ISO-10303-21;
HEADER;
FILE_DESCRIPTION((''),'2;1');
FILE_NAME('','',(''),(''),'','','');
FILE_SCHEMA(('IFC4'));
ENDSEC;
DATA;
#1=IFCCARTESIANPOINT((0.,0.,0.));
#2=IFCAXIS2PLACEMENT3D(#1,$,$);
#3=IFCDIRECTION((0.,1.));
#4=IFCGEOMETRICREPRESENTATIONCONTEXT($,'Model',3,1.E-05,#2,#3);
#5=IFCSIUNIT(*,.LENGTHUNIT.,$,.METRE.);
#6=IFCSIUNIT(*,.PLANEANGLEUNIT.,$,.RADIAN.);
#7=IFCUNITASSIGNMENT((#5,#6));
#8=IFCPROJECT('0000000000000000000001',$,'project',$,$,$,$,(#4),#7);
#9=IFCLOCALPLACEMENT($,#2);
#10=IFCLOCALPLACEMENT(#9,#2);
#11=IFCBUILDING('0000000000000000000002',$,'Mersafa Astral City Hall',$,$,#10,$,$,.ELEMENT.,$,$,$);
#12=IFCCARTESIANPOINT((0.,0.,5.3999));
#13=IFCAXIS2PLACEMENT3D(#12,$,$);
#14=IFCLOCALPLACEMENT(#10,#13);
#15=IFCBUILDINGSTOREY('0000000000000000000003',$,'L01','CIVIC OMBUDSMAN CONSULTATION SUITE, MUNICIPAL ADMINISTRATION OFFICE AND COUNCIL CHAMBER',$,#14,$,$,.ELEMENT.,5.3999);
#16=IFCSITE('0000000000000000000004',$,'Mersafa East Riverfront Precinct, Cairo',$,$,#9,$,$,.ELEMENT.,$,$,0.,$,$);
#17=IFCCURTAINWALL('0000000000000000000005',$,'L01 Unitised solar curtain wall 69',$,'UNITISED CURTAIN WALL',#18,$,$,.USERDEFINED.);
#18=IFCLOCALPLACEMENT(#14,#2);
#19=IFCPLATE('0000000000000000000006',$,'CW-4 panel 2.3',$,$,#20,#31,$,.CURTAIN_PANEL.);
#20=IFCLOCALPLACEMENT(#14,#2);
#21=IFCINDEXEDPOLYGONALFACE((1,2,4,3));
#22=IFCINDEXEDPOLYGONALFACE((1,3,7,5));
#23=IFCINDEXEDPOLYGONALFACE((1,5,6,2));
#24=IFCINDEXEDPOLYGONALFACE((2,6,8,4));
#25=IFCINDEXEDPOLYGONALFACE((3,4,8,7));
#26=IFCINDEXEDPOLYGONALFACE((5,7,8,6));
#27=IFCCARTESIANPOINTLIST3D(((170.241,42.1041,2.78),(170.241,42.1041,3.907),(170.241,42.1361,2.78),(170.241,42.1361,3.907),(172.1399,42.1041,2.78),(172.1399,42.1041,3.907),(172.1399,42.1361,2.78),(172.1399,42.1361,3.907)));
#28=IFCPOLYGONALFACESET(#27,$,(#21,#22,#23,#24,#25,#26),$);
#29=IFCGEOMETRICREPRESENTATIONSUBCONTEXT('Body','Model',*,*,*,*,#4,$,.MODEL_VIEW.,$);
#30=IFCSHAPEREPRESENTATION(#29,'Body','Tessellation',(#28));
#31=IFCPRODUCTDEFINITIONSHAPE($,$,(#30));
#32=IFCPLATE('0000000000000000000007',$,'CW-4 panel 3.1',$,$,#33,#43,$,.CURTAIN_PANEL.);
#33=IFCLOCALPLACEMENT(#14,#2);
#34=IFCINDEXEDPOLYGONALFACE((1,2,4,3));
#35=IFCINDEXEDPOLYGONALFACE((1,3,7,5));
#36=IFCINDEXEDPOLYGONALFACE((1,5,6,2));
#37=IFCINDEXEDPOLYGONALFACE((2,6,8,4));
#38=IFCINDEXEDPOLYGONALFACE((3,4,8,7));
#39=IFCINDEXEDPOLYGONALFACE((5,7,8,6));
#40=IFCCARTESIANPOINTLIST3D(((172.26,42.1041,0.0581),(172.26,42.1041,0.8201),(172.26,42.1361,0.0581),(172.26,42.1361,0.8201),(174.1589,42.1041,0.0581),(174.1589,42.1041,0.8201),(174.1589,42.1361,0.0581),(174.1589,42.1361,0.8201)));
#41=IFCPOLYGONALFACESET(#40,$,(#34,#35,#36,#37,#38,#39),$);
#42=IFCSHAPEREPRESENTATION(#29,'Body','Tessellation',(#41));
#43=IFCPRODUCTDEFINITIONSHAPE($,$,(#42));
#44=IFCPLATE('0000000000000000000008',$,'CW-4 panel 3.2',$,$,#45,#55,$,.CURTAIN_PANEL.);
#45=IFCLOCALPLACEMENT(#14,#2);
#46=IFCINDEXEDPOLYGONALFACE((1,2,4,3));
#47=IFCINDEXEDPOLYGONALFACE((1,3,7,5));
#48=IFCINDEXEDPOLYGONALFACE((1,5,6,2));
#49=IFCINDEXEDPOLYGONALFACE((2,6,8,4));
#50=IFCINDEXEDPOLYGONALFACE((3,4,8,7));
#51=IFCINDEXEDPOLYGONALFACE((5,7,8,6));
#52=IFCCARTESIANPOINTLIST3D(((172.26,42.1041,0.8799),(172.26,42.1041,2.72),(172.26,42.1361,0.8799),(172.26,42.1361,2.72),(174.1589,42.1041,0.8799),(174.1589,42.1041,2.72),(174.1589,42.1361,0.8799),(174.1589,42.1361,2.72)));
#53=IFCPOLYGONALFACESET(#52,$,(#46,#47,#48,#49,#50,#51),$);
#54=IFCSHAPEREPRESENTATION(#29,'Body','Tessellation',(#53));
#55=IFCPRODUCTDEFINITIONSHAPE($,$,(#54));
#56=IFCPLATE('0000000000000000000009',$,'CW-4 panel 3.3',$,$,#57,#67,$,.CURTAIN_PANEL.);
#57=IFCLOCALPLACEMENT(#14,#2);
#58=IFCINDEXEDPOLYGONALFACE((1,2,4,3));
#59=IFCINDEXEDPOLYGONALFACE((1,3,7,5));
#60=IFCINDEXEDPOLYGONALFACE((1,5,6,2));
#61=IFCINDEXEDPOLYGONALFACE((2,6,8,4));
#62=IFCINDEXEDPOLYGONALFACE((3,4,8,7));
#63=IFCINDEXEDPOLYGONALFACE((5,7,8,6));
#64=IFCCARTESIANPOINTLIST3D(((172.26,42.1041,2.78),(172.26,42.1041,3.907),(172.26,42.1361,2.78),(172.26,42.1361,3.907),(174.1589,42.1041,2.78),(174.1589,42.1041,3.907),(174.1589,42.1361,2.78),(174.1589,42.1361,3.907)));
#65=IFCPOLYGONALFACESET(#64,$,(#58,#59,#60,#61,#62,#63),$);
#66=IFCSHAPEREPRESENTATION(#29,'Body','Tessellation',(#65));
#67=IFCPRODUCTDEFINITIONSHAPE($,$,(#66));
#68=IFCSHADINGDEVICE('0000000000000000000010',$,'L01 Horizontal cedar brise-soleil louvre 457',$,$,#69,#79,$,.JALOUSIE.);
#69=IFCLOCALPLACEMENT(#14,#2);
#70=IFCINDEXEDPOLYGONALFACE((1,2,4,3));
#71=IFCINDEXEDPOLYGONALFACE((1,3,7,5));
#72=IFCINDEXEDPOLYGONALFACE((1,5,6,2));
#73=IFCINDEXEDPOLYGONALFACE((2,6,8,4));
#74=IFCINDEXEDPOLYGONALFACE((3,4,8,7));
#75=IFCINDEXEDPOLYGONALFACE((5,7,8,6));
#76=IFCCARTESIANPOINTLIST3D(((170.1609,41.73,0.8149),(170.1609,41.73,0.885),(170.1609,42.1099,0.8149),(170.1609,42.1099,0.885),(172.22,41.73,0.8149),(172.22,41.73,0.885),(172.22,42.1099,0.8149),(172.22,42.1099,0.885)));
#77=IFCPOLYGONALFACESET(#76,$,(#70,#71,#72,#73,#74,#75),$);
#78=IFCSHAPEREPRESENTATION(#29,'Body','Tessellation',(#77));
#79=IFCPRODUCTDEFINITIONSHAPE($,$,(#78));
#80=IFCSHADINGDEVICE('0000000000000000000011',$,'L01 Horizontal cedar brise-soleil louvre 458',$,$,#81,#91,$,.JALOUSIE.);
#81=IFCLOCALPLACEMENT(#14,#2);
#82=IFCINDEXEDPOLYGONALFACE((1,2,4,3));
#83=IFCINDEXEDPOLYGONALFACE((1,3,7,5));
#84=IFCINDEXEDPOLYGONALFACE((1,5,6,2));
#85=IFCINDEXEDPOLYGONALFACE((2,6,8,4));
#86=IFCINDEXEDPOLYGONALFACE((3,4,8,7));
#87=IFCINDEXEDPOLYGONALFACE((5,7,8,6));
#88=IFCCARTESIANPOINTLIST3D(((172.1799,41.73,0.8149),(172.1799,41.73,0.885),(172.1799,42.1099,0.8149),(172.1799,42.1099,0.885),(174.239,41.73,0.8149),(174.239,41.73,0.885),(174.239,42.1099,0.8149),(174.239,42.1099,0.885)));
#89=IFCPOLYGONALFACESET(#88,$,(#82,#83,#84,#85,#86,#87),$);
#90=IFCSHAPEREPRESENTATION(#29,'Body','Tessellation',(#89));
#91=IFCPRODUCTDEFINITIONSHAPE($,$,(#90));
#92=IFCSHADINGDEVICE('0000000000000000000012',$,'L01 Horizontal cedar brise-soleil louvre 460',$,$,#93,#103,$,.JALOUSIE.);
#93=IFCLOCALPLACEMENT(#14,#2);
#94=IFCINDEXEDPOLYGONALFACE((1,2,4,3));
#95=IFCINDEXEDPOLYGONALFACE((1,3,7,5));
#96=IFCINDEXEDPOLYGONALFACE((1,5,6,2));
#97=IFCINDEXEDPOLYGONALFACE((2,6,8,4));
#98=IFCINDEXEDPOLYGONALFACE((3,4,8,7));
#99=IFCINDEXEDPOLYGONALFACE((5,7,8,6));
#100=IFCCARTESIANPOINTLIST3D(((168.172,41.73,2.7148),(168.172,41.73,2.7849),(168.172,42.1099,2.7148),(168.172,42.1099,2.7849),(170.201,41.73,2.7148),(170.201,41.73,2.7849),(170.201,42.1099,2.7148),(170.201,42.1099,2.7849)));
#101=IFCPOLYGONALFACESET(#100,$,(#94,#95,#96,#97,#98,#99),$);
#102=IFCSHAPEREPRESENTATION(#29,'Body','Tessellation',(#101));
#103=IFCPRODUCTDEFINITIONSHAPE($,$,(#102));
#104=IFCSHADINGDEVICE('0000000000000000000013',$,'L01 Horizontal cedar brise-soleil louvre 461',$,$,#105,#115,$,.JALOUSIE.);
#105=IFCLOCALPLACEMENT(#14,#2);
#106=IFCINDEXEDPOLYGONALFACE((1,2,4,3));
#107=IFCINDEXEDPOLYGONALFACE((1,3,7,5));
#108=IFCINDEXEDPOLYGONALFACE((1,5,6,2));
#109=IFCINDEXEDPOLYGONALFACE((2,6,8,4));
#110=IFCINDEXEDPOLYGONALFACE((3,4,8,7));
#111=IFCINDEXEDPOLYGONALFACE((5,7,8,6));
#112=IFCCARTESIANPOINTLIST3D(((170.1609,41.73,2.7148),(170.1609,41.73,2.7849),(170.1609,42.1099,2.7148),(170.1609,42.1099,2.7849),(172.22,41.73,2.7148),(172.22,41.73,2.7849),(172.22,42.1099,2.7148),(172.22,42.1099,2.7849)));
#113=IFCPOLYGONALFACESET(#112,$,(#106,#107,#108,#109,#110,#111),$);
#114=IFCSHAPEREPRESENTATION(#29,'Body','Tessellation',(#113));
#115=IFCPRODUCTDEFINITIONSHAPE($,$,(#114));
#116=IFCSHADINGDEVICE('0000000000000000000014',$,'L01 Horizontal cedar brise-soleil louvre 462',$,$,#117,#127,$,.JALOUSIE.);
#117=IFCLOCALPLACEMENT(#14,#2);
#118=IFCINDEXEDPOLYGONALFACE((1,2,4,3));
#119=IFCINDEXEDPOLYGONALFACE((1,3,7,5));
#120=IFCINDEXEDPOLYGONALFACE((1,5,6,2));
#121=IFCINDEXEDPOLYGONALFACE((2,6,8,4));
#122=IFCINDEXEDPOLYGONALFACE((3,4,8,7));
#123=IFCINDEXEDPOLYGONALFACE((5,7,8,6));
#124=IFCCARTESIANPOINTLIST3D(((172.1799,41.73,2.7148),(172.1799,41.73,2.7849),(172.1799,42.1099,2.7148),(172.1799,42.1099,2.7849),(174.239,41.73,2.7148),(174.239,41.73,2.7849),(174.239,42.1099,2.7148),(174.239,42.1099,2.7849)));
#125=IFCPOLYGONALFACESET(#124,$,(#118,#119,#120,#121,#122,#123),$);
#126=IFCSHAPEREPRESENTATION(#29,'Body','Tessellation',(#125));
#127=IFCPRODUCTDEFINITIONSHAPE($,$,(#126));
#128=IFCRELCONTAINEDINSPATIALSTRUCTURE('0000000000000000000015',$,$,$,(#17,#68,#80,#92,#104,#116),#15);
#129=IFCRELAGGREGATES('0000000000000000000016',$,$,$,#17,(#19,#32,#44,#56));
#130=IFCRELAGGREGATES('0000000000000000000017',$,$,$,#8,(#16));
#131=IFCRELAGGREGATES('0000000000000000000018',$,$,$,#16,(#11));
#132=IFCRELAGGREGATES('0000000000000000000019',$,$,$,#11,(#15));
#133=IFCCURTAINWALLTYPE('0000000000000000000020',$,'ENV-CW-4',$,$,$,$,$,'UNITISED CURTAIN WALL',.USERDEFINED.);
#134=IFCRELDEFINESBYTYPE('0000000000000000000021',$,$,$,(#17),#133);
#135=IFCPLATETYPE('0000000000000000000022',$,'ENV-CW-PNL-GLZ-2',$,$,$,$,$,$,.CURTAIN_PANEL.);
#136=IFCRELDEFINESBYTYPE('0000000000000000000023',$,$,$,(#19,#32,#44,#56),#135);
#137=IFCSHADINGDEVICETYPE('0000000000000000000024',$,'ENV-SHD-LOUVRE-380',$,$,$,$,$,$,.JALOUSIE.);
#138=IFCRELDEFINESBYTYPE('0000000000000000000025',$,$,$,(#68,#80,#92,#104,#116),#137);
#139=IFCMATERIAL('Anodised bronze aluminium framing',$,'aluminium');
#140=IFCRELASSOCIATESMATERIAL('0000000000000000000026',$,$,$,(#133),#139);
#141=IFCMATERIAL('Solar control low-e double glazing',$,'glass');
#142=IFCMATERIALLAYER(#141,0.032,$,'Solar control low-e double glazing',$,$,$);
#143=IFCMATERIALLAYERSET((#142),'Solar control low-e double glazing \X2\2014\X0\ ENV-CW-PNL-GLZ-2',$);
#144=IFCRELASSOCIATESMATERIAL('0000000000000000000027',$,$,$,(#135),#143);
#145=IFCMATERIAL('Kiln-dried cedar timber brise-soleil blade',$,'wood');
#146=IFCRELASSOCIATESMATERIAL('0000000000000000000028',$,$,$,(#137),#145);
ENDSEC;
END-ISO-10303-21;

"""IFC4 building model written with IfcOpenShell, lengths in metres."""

from ifc_helpers import new_model, si_unit, direction, frame, origin, origin_2d, place, context, subcontext, project, spatial, rectangle, extrude, material, layer, layer_set, type_object, element, aggregate, save


model = new_model("IFC4")

# Units and contexts
model_context = context("Model", 3, precision=1e-05, world=origin(), true_north=direction((0.0, 1.0)))
body_context = subcontext(model_context, "Body", "Model", "MODEL_VIEW")
ifc_project = project(units=[si_unit("LENGTHUNIT", "METRE"), si_unit("PLANEANGLEUNIT", "RADIAN")], contexts=[model_context])

# Site, building, storey
site_placement = place(None, origin())
site = spatial("IfcSite", under=ifc_project, at=site_placement, Name="Mersafa East Riverfront Precinct, Cairo", CompositionType="ELEMENT", RefElevation=0.0)
building_placement = place(site_placement, origin())
building = spatial("IfcBuilding", under=site, at=building_placement, Name="Mersafa Astral City Hall", CompositionType="ELEMENT")
storey_placement = place(building_placement, frame((0.0, 0.0, 5.3999)))
storey = spatial("IfcBuildingStorey", under=building, at=storey_placement, Name="L01", Description="CIVIC OMBUDSMAN CONSULTATION SUITE, MUNICIPAL ADMINISTRATION OFFICE AND COUNCIL CHAMBER", CompositionType="ELEMENT", Elevation=5.3999)

# Curtain wall
ifc_material_1 = material(Name="Anodised bronze aluminium framing", Category="aluminium")
curtain_wall_type = type_object("IfcCurtainWallType", Name="ENV-CW-4", ElementType="UNITISED CURTAIN WALL", PredefinedType="USERDEFINED", material=ifc_material_1)
curtain_wall_placement = place(storey_placement, origin())
curtain_wall = element("IfcCurtainWall", 1, at=curtain_wall_placement, inside=storey, type_object=curtain_wall_type, Name="L01 Unitised solar curtain wall 69", ObjectType="UNITISED CURTAIN WALL", PredefinedType="USERDEFINED")

# Plates
ifc_material_2 = material(Name="Solar control low-e double glazing", Category="glass")
ifc_layer = layer(ifc_material_2, 0.032, Name="Solar control low-e double glazing")
ifc_layer_set = layer_set([ifc_layer], Name="Solar control low-e double glazing — ENV-CW-PNL-GLZ-2")
plate_type = type_object("IfcPlateType", Name="ENV-CW-PNL-GLZ-2", PredefinedType="CURTAIN_PANEL", material=ifc_layer_set)
plate_1_placement = place(storey_placement, frame((171.1904, 42.1201, 2.78), z_axis=(0.0, 0.0, 1.0), x_axis=(1.0, 0.0, 0.0)))
plate_1 = element("IfcPlate", 2, at=plate_1_placement, type_object=plate_type, Name="CW-4 panel 2.3", PredefinedType="CURTAIN_PANEL", context=body_context, shape_type="SweptSolid", body=[
    extrude(rectangle(XDim=1.8989, YDim=0.032, at=origin_2d()), origin(), (0.0, 0.0, 1.0), 1.127),
])
plate_2_placement = place(storey_placement, frame((173.2095, 42.1201, 0.0581), z_axis=(0.0, 0.0, 1.0), x_axis=(1.0, 0.0, 0.0)))
plate_2 = element("IfcPlate", 3, at=plate_2_placement, type_object=plate_type, Name="CW-4 panel 3.1", PredefinedType="CURTAIN_PANEL", context=body_context, shape_type="SweptSolid", body=[
    extrude(rectangle(XDim=1.8989, YDim=0.032, at=origin_2d()), origin(), (0.0, 0.0, 1.0), 0.762),
])
plate_3_placement = place(storey_placement, frame((173.2095, 42.1201, 0.8799), z_axis=(0.0, 0.0, 1.0), x_axis=(1.0, 0.0, 0.0)))
plate_3 = element("IfcPlate", 4, at=plate_3_placement, type_object=plate_type, Name="CW-4 panel 3.2", PredefinedType="CURTAIN_PANEL", context=body_context, shape_type="SweptSolid", body=[
    extrude(rectangle(XDim=1.8989, YDim=0.032, at=origin_2d()), origin(), (0.0, 0.0, 1.0), 1.8401),
])
plate_4_placement = place(storey_placement, frame((173.2095, 42.1201, 2.78), z_axis=(0.0, 0.0, 1.0), x_axis=(1.0, 0.0, 0.0)))
plate_4 = element("IfcPlate", 5, at=plate_4_placement, type_object=plate_type, Name="CW-4 panel 3.3", PredefinedType="CURTAIN_PANEL", context=body_context, shape_type="SweptSolid", body=[
    extrude(rectangle(XDim=1.8989, YDim=0.032, at=origin_2d()), origin(), (0.0, 0.0, 1.0), 1.127),
])
aggregate(curtain_wall, [plate_1, plate_2, plate_3, plate_4])

# Shading devices
ifc_material_3 = material(Name="Kiln-dried cedar timber brise-soleil blade", Category="wood")
shading_device_type = type_object("IfcShadingDeviceType", Name="ENV-SHD-LOUVRE-380", PredefinedType="JALOUSIE", material=ifc_material_3)
for number, where, z_axis, x_axis, name in (
    (6, (171.1904, 41.9199, 0.8149), (0.0, 0.0, 1.0), (1.0, 0.0, 0.0), "L01 Horizontal cedar brise-soleil louvre 457"),
    (7, (173.2095, 41.9199, 0.8149), (0.0, 0.0, 1.0), (1.0, 0.0, 0.0), "L01 Horizontal cedar brise-soleil louvre 458"),
):
    element("IfcShadingDevice", number, at=place(storey_placement, frame(where, z_axis=z_axis, x_axis=x_axis)), inside=storey, type_object=shading_device_type, Name=name, PredefinedType="JALOUSIE", context=body_context, shape_type="SweptSolid", body=[
        extrude(rectangle(XDim=2.0591, YDim=0.3799, at=origin_2d()), origin(), (0.0, 0.0, 1.0), 0.0701),
    ])
shading_device_placement = place(storey_placement, frame((169.1865, 41.9199, 2.7148), z_axis=(0.0, 0.0, 1.0), x_axis=(1.0, 0.0, 0.0)))
element("IfcShadingDevice", 8, at=shading_device_placement, inside=storey, type_object=shading_device_type, Name="L01 Horizontal cedar brise-soleil louvre 460", PredefinedType="JALOUSIE", context=body_context, shape_type="SweptSolid", body=[
    extrude(rectangle(XDim=2.0291, YDim=0.3799, at=origin_2d()), origin(), (0.0, 0.0, 1.0), 0.0701),
])
for number, where, z_axis, x_axis, name in (
    (9, (171.1904, 41.9199, 2.7148), (0.0, 0.0, 1.0), (1.0, 0.0, 0.0), "L01 Horizontal cedar brise-soleil louvre 461"),
    (10, (173.2095, 41.9199, 2.7148), (0.0, 0.0, 1.0), (1.0, 0.0, 0.0), "L01 Horizontal cedar brise-soleil louvre 462"),
):
    element("IfcShadingDevice", number, at=place(storey_placement, frame(where, z_axis=z_axis, x_axis=x_axis)), inside=storey, type_object=shading_device_type, Name=name, PredefinedType="JALOUSIE", context=body_context, shape_type="SweptSolid", body=[
        extrude(rectangle(XDim=2.0591, YDim=0.3799, at=origin_2d()), origin(), (0.0, 0.0, 1.0), 0.0701),
    ])

save(model, "model.ifc")
